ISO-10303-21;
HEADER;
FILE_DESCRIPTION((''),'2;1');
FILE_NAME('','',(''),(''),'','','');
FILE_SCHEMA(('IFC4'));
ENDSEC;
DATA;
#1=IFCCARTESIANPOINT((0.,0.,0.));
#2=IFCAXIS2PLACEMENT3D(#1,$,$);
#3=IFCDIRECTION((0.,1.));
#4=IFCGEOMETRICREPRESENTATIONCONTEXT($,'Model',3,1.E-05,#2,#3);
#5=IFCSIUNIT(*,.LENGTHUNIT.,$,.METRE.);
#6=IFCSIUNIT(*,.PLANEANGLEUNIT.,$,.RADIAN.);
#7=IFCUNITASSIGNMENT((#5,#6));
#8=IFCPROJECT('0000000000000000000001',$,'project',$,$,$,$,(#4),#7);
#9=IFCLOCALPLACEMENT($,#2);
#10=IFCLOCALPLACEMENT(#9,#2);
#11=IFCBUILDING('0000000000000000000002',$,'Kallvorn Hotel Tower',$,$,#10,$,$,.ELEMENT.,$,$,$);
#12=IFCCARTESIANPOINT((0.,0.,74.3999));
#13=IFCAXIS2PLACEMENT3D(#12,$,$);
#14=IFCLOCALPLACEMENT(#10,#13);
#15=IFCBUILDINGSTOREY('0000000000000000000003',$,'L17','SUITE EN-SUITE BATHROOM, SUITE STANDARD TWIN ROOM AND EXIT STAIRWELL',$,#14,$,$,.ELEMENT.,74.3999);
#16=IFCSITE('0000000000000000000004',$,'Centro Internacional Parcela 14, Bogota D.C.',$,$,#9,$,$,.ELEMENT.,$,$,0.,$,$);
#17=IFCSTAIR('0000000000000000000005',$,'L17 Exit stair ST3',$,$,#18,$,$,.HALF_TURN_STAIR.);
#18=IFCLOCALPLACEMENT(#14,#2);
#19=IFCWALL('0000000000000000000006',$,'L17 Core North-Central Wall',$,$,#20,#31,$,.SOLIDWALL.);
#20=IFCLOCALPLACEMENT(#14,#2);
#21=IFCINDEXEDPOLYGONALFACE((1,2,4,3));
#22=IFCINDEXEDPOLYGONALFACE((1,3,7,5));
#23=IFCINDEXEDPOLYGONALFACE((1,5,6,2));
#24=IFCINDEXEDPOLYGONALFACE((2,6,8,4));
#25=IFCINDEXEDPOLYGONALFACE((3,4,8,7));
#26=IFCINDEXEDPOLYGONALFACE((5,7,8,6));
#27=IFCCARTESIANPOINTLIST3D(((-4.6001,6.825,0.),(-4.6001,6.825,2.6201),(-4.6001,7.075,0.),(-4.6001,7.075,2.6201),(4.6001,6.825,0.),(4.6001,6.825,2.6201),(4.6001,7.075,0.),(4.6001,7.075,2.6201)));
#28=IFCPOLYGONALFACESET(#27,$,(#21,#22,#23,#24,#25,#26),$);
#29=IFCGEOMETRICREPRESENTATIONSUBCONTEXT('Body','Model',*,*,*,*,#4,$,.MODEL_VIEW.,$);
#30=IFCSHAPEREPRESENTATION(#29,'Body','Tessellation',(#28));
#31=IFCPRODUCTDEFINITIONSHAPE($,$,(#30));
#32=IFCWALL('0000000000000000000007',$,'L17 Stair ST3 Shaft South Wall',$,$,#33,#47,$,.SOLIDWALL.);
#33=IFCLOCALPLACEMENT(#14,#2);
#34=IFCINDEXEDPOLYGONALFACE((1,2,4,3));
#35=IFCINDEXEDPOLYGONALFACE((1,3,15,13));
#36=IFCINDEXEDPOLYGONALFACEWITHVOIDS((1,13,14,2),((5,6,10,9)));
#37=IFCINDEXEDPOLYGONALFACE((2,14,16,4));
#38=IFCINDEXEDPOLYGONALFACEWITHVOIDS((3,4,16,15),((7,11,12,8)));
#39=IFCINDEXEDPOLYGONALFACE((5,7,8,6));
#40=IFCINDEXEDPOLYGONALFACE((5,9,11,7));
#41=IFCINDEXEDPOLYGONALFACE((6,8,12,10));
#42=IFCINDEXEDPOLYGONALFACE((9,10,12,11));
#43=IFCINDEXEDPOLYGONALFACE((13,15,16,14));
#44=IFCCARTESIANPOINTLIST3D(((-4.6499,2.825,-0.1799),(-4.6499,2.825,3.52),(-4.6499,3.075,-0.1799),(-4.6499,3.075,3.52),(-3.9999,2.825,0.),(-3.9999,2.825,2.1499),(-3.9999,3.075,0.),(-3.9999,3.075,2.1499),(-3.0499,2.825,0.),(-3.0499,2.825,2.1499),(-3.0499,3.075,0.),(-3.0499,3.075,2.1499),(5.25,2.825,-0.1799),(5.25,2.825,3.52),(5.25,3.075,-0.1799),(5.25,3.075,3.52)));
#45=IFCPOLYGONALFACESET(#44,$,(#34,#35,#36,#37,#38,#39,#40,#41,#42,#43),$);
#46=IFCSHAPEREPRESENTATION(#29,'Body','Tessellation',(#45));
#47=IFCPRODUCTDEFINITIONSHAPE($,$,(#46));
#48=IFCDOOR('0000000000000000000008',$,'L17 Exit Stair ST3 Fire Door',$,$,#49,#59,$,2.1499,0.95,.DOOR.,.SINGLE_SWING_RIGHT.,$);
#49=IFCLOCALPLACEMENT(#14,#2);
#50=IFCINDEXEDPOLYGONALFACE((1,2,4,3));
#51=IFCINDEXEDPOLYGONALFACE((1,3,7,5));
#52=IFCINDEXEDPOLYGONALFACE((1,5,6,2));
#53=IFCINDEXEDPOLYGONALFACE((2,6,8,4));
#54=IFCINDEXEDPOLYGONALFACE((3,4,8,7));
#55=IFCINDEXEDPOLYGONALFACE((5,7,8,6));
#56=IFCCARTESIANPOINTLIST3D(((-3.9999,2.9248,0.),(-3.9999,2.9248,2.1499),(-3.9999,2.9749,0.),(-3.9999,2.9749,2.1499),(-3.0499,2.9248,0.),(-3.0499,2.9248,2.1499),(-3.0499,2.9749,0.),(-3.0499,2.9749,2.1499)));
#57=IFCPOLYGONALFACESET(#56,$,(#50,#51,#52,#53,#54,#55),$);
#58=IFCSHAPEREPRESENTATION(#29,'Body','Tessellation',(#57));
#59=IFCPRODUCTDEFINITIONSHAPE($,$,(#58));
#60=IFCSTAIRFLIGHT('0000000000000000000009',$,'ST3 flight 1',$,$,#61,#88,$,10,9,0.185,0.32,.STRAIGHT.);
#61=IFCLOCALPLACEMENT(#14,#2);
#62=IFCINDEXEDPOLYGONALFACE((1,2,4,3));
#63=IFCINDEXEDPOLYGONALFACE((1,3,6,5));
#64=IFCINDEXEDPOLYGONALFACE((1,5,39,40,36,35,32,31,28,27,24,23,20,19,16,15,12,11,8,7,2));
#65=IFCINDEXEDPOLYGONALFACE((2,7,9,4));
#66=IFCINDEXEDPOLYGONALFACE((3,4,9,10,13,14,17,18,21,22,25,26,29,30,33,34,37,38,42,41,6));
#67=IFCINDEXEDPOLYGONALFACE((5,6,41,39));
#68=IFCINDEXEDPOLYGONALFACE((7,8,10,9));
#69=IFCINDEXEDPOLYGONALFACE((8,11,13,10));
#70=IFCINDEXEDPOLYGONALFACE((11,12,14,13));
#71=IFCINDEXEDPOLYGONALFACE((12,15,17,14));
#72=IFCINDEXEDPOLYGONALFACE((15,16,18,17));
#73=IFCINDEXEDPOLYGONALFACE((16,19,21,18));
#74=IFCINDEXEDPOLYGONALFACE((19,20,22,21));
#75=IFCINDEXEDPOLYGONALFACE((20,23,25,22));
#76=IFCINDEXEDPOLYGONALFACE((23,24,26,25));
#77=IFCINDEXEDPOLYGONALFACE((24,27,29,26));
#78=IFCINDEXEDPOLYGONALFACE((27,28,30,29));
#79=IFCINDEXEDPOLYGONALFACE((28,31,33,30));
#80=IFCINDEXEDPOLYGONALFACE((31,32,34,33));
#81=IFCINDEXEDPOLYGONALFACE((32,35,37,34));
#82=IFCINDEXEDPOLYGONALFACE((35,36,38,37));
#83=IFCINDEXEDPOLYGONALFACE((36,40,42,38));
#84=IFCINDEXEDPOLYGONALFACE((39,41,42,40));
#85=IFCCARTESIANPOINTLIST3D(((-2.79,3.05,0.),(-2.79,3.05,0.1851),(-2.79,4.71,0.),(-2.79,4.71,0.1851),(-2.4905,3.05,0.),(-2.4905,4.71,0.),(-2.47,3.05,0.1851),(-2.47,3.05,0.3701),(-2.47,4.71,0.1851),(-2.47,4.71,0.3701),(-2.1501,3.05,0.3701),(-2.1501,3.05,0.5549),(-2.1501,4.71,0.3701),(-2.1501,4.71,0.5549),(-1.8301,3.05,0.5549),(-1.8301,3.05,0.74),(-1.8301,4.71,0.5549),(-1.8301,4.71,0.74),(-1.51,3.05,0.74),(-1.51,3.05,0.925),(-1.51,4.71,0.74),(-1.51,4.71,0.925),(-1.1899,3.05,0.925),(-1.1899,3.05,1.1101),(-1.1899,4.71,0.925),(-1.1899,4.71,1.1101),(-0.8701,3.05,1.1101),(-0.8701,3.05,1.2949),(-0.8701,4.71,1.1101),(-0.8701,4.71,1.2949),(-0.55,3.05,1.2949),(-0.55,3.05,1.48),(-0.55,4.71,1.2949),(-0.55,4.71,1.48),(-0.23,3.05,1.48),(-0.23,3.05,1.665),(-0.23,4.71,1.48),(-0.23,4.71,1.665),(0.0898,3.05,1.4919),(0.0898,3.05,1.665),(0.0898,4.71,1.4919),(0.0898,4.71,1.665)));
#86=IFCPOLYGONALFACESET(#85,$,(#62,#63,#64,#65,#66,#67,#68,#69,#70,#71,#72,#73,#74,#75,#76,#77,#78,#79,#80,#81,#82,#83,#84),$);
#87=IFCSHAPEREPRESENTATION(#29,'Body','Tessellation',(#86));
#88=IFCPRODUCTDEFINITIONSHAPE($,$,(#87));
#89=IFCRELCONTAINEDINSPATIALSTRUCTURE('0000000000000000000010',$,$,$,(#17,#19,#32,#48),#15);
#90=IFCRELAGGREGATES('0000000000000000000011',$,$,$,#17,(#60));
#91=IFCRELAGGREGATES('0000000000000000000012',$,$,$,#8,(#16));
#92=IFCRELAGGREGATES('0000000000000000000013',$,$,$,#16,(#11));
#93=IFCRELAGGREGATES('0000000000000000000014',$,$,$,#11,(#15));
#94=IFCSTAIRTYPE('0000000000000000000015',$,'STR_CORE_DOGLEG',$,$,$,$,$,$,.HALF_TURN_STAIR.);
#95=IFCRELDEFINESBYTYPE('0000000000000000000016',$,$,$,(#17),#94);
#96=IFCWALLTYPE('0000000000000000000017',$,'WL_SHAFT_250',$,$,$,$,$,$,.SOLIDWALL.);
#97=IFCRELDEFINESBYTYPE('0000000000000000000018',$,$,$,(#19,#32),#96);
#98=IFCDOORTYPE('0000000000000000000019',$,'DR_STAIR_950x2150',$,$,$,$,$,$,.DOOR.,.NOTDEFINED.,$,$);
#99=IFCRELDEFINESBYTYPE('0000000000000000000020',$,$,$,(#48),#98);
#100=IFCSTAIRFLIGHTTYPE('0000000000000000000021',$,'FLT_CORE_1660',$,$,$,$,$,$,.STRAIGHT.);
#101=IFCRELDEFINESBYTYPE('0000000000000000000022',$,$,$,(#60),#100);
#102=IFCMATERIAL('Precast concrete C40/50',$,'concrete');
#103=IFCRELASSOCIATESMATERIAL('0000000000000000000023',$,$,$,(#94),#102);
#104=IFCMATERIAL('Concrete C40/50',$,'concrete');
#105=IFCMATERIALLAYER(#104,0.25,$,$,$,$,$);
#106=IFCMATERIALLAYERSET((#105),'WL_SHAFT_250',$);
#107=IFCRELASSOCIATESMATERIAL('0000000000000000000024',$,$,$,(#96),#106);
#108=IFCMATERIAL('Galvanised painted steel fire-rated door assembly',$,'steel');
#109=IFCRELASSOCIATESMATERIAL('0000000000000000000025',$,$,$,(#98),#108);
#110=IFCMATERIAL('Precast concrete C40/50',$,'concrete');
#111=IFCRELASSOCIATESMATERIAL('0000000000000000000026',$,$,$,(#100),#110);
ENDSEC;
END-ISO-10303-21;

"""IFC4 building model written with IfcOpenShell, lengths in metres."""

from ifc_helpers import new_model, si_unit, direction, frame, frame_2d, origin, place, context, subcontext, project, spatial, polyline, rectangle, outline, extrude, material, layer, layer_set, type_object, element, fill, aggregate, save


model = new_model("IFC4")

# Units and contexts
model_context = context("Model", 3, precision=1e-05, world=origin(), true_north=direction((0.0, 1.0)))
body_context = subcontext(model_context, "Body", "Model", "MODEL_VIEW")
ifc_project = project(units=[si_unit("LENGTHUNIT", "METRE"), si_unit("PLANEANGLEUNIT", "RADIAN")], contexts=[model_context])

# Site, building, storey
site_placement = place(None, origin())
site = spatial("IfcSite", under=ifc_project, at=site_placement, Name="Centro Internacional Parcela 14, Bogota D.C.", CompositionType="ELEMENT", RefElevation=0.0)
building_placement = place(site_placement, origin())
building = spatial("IfcBuilding", under=site, at=building_placement, Name="Kallvorn Hotel Tower", CompositionType="ELEMENT")
storey_placement = place(building_placement, frame((0.0, 0.0, 74.3999)))
storey = spatial("IfcBuildingStorey", under=building, at=storey_placement, Name="L17", Description="SUITE EN-SUITE BATHROOM, SUITE STANDARD TWIN ROOM AND EXIT STAIRWELL", CompositionType="ELEMENT", Elevation=74.3999)

# Stair
ifc_material_1 = material(Name="Precast concrete C40/50", Category="concrete")
stair_type = type_object("IfcStairType", Name="STR_CORE_DOGLEG", PredefinedType="HALF_TURN_STAIR", material=ifc_material_1)
stair_1_placement = place(storey_placement, origin())
stair_1 = element("IfcStair", 1, at=stair_1_placement, inside=storey, type_object=stair_type, Name="L17 Exit stair ST3", PredefinedType="HALF_TURN_STAIR")

# Wall
ifc_material_2 = material(Name="Concrete C40/50", Category="concrete")
ifc_layer_1 = layer(ifc_material_2, 0.25)
ifc_layer_set_1 = layer_set([ifc_layer_1], Name="WL_SHAFT_250")
wall_type_1 = type_object("IfcWallType", Name="WL_SHAFT_250", PredefinedType="SOLIDWALL", material=ifc_layer_set_1)
wall_1_placement = place(storey_placement, frame((-4.6001, 6.95, 0.0), z_axis=(0.0, 0.0, 1.0), x_axis=(1.0, 0.0, 0.0)))
element("IfcWall", 2, at=wall_1_placement, inside=storey, type_object=wall_type_1, Name="L17 Core North-Central Wall", PredefinedType="SOLIDWALL", context=body_context, shape_type="SweptSolid", body=[
    extrude(rectangle(XDim=9.2002, YDim=0.25, at=frame_2d((4.6001, 0.0))), origin(), (0.0, 0.0, 1.0), 2.6201),
])

# Wall, opening, door
wall_2_placement = place(storey_placement, frame((-4.6499, 2.95, -0.1799), z_axis=(0.0, 0.0, 1.0), x_axis=(1.0, 0.0, 0.0)))
wall_2 = element("IfcWall", 3, at=wall_2_placement, inside=storey, type_object=wall_type_1, Name="L17 Stair ST3 Shaft South Wall", PredefinedType="SOLIDWALL", context=body_context, shape_type="SweptSolid", body=[
    extrude(rectangle(XDim=9.8999, YDim=0.25, at=frame_2d((4.95, 0.0))), origin(), (0.0, 0.0, 1.0), 3.7),
])
opening_placement = place(wall_2_placement, frame((0.6499, 0.0, 0.1799)))
opening = element("IfcOpeningElement", 4, at=opening_placement, cuts=wall_2, PredefinedType="OPENING", context=body_context, shape_type="SweptSolid", body=[
    extrude(rectangle(XDim=0.95, YDim=2.1499, at=frame_2d((0.4751, 1.075))), frame((0.0, 0.1399, 0.0), z_axis=(0.0, -1.0, 0.0), x_axis=(1.0, 0.0, 0.0)), (0.0, 0.0, 1.0), 0.28),
])
ifc_material_3 = material(Name="Galvanised painted steel fire-rated door assembly", Category="steel")
door_type = type_object("IfcDoorType", Name="DR_STAIR_950x2150", OperationType="NOTDEFINED", PredefinedType="DOOR", material=ifc_material_3)
door_placement = place(opening_placement, origin())
door = element("IfcDoor", 5, at=door_placement, inside=storey, type_object=door_type, Name="L17 Exit Stair ST3 Fire Door", OperationType="SINGLE_SWING_RIGHT", OverallHeight=2.1499, OverallWidth=0.95, PredefinedType="DOOR", context=body_context, shape_type="SweptSolid", body=[
    extrude(rectangle(XDim=0.95, YDim=2.1499, at=frame_2d((0.4751, 1.075))), frame((0.0, 0.0249, 0.0), z_axis=(0.0, -1.0, 0.0), x_axis=(1.0, 0.0, 0.0)), (0.0, 0.0, 1.0), 0.05),
])
fill(opening, door)

# Stair flight
ifc_material_4 = material(Name="Precast concrete C40/50", Category="concrete")
stair_flight_type = type_object("IfcStairFlightType", Name="FLT_CORE_1660", PredefinedType="STRAIGHT", material=ifc_material_4)
stair_flight_placement = place(storey_placement, frame((-2.79, 3.8799, 0.0), z_axis=(0.0, 0.0, 1.0), x_axis=(1.0, 0.0, 0.0)))
stair_flight = element("IfcStairFlight", 6, at=stair_flight_placement, type_object=stair_flight_type, Name="ST3 flight 1", NumberOfRisers=10, NumberOfTreads=9, PredefinedType="STRAIGHT", RiserHeight=0.185, TreadLength=0.32, context=body_context, shape_type="SweptSolid", body=[
    extrude(outline(polyline([(0.0, 0.0), (0.0, 0.1851), (0.3201, 0.1851), (0.3201, 0.3701), (0.6399, 0.3701), (0.6399, 0.5549), (0.96, 0.5549), (0.96, 0.74), (1.28, 0.74), (1.28, 0.925), (1.6001, 0.925), (1.6001, 1.1101), (1.9199, 1.1101), (1.9199, 1.2949), (2.24, 1.2949), (2.24, 1.48), (2.5601, 1.48), (2.5601, 1.665), (2.8799, 1.665), (2.8799, 1.8501), (2.8799, 1.4919), (0.2996, 0.0), (0.0, 0.0)])), frame((0.0, 0.8301, 0.0), z_axis=(0.0, -1.0, 0.0), x_axis=(1.0, 0.0, 0.0)), (0.0, 0.0, 1.0), 1.6599),
])
aggregate(stair_1, [stair_flight])

save(model, "model.ifc")
